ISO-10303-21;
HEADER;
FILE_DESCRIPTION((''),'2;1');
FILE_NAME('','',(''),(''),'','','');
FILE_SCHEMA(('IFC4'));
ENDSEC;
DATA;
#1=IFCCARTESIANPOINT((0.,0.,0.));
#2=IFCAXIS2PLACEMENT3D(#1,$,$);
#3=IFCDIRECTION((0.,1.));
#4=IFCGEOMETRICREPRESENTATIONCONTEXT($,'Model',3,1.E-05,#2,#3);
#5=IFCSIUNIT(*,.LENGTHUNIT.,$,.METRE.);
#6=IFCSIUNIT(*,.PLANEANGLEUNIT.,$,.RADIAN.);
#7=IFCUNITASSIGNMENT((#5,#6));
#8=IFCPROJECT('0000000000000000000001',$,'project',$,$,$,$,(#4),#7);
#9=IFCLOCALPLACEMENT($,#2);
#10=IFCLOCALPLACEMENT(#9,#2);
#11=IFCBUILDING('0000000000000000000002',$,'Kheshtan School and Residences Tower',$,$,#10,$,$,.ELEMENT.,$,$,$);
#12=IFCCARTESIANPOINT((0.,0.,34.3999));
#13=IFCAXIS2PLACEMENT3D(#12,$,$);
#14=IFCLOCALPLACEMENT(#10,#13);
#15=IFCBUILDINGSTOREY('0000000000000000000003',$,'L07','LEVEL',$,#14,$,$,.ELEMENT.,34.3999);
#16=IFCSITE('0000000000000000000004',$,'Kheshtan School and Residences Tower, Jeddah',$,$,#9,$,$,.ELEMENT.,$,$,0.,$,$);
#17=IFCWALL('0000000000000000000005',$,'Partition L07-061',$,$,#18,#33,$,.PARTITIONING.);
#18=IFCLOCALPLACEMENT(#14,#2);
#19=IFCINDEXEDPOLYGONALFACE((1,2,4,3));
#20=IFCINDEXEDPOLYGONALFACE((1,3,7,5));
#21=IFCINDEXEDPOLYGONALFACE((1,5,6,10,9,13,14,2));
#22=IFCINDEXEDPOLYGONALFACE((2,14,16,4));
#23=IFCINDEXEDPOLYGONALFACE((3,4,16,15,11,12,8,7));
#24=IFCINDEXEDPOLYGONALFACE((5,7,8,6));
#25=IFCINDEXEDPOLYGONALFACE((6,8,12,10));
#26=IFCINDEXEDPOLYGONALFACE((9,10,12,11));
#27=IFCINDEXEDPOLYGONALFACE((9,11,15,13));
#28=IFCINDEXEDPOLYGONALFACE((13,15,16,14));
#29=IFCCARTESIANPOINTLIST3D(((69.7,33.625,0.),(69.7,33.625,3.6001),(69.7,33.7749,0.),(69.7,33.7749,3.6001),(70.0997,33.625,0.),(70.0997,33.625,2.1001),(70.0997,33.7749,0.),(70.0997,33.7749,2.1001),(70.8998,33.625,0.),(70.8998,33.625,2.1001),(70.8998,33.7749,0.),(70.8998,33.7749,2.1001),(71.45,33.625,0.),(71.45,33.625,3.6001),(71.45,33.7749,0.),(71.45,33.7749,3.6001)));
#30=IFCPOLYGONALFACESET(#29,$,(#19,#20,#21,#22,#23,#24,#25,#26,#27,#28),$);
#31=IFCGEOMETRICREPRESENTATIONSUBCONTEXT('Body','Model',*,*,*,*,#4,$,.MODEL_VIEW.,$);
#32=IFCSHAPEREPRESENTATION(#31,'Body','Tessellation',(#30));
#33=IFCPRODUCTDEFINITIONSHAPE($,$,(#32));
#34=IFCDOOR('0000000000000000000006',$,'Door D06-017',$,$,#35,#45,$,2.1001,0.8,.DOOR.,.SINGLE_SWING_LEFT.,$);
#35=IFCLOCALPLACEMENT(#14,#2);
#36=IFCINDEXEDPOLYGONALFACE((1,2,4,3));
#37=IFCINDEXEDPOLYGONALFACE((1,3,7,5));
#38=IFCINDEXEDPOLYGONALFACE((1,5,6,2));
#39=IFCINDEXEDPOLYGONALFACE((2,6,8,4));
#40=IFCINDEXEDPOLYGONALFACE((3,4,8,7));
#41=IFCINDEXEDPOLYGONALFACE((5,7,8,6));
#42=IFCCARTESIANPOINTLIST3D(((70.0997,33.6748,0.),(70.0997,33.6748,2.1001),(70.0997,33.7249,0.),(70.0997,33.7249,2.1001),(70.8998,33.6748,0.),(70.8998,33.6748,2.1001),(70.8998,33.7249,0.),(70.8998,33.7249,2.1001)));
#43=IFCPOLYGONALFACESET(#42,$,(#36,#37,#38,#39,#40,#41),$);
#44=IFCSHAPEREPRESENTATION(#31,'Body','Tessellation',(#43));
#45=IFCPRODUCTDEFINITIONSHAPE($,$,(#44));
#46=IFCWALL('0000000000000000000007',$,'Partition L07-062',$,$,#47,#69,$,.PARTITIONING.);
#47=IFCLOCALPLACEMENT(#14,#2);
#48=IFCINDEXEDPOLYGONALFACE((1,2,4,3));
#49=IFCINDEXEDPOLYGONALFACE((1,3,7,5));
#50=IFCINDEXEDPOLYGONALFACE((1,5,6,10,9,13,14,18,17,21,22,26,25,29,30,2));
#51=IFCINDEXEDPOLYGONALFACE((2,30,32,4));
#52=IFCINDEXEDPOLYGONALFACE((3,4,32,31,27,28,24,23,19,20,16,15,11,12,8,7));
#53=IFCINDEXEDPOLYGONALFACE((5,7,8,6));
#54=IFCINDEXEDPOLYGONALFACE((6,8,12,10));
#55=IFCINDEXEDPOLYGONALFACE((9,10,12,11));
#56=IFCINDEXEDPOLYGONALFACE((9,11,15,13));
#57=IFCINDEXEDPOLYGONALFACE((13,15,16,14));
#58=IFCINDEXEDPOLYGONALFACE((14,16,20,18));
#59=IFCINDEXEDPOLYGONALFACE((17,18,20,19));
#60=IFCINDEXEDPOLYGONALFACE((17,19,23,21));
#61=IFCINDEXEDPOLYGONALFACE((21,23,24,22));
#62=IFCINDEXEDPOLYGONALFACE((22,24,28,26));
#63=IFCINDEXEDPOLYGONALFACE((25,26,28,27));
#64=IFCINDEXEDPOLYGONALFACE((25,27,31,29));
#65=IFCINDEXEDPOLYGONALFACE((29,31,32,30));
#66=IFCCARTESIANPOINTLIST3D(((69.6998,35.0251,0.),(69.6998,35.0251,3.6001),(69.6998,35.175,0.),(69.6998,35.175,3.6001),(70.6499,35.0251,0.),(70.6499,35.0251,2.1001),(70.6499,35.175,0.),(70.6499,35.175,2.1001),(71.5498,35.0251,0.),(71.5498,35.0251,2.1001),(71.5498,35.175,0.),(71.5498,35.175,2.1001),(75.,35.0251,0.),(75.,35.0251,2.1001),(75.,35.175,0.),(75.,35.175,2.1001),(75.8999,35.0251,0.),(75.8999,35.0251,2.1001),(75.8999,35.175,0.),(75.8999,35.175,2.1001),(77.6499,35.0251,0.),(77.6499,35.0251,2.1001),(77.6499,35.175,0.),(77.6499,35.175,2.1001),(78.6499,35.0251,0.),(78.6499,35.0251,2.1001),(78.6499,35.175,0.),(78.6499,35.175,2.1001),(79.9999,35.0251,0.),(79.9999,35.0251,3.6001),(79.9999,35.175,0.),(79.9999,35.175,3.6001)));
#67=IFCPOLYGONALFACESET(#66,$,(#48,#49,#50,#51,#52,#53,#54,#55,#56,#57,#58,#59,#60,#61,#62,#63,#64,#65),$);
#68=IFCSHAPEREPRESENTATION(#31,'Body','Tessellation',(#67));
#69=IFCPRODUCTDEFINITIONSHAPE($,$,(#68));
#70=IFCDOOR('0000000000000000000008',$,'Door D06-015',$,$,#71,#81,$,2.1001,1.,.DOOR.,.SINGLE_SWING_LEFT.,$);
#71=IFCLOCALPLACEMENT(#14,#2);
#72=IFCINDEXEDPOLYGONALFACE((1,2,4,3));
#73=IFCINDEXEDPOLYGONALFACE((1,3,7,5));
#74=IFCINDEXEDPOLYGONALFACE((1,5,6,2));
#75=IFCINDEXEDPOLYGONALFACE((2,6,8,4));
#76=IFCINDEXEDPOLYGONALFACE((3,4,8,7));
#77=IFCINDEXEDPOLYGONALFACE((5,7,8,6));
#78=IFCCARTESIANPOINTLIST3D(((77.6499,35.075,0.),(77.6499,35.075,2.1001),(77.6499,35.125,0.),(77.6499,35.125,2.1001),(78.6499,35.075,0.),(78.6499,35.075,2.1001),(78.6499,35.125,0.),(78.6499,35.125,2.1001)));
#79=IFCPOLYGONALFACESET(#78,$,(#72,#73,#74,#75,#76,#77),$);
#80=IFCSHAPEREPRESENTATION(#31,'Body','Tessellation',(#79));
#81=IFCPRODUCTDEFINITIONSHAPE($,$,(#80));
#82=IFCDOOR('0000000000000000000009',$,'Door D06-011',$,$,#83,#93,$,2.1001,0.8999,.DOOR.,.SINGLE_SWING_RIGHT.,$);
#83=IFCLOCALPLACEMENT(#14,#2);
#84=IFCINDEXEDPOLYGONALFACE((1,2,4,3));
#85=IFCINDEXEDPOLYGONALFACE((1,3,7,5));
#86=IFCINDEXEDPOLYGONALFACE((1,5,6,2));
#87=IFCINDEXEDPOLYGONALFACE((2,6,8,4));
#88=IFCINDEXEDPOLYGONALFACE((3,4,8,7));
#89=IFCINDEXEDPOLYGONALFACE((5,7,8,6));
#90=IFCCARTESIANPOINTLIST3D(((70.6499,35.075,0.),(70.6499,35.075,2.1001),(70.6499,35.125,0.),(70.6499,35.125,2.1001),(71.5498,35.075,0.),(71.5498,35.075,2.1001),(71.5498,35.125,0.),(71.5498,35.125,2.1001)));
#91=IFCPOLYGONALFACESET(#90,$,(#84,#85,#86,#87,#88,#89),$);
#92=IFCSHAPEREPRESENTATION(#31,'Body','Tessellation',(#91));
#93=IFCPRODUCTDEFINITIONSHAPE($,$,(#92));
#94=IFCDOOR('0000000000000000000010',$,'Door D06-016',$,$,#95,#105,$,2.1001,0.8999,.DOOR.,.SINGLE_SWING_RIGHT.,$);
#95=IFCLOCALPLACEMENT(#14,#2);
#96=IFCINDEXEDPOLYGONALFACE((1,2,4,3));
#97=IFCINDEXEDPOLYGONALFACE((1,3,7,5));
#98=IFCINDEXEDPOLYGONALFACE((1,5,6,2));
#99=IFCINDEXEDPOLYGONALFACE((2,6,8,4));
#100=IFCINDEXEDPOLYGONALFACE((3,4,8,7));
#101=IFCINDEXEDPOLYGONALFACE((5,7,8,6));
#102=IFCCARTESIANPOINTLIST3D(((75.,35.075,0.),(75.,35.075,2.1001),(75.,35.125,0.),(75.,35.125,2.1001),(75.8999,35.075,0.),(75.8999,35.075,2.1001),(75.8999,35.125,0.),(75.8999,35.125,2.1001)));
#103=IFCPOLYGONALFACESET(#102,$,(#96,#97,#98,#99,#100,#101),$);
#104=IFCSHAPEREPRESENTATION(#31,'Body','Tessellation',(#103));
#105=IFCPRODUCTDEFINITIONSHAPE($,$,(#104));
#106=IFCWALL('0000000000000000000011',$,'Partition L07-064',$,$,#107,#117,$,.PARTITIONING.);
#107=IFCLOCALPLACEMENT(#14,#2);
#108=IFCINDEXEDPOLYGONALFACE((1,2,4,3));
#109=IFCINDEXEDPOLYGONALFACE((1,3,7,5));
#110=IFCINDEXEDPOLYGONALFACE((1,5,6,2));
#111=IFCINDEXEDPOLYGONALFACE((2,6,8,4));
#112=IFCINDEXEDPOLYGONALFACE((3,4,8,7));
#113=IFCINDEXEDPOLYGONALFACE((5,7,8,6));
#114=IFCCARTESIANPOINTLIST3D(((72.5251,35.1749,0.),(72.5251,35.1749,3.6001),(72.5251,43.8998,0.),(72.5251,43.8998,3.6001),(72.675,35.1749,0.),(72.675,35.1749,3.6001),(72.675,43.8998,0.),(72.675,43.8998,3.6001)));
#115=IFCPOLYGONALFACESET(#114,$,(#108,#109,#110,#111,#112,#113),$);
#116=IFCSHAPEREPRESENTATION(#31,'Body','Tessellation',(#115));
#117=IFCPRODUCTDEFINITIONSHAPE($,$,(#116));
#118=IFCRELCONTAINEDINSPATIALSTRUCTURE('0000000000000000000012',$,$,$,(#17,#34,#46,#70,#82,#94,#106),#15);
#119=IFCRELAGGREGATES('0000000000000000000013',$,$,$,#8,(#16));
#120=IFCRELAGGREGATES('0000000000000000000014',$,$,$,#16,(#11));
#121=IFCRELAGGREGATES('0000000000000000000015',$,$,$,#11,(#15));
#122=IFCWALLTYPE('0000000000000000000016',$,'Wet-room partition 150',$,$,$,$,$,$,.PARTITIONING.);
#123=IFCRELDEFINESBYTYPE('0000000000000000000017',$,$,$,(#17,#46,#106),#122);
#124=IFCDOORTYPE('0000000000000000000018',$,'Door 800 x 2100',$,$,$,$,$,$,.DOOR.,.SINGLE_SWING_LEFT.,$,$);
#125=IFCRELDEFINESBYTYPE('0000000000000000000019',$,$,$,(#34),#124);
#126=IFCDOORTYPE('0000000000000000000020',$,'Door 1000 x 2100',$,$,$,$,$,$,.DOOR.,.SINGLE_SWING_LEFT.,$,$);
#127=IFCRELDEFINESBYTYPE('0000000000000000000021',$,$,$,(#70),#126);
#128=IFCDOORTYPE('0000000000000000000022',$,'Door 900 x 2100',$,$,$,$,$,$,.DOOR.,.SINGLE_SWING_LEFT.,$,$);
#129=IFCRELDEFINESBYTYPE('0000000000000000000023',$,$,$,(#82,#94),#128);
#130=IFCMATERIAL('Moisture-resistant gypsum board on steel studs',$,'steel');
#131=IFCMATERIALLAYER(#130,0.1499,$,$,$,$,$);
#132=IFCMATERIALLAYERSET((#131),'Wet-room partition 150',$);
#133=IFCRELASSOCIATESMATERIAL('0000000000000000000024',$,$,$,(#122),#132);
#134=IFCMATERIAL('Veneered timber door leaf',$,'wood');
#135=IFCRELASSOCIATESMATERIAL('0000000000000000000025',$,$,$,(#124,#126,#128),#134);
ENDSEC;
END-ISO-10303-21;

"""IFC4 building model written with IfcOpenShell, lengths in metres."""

from ifc_helpers import new_model, si_unit, direction, frame, frame_2d, origin, place, context, subcontext, project, spatial, rectangle, extrude, source, transform, mapped, material, layer, layer_set, type_object, element, fill, save


model = new_model("IFC4")

# Units and contexts
model_context = context("Model", 3, precision=1e-05, world=origin(), true_north=direction((0.0, 1.0)))
body_context = subcontext(model_context, "Body", "Model", "MODEL_VIEW")
ifc_project = project(units=[si_unit("LENGTHUNIT", "METRE"), si_unit("PLANEANGLEUNIT", "RADIAN")], contexts=[model_context])

# Site, building, storey
site_placement = place(None, origin())
site = spatial("IfcSite", under=ifc_project, at=site_placement, Name="Kheshtan School and Residences Tower, Jeddah", CompositionType="ELEMENT", RefElevation=0.0)
building_placement = place(site_placement, origin())
building = spatial("IfcBuilding", under=site, at=building_placement, Name="Kheshtan School and Residences Tower", CompositionType="ELEMENT")
storey_placement = place(building_placement, frame((0.0, 0.0, 34.3999)))
storey = spatial("IfcBuildingStorey", under=building, at=storey_placement, Name="L07", Description="LEVEL", CompositionType="ELEMENT", Elevation=34.3999)

# Wall, opening, door
ifc_material_1 = material(Name="Moisture-resistant gypsum board on steel studs", Category="steel")
ifc_layer_1 = layer(ifc_material_1, 0.1499)
ifc_layer_set_1 = layer_set([ifc_layer_1], Name="Wet-room partition 150")
wall_type_1 = type_object("IfcWallType", Name="Wet-room partition 150", PredefinedType="PARTITIONING", material=ifc_layer_set_1)
ifc_material_2 = material(Name="Veneered timber door leaf", Category="wood")
door_type_1 = type_object("IfcDoorType", Name="Door 800 x 2100", OperationType="SINGLE_SWING_LEFT", PredefinedType="DOOR", material=ifc_material_2)
shared_shape_1 = source(origin(), body_context, "Body", "SweptSolid", [
    extrude(rectangle(XDim=0.8, YDim=2.1001, at=frame_2d((0.3999, 1.05))), frame((0.0, 0.0249, 0.0), z_axis=(0.0, -1.0, 0.0), x_axis=(1.0, 0.0, 0.0)), (0.0, 0.0, 1.0), 0.05),
])
wall_1_placement = place(storey_placement, frame((69.7, 33.7, 0.0), z_axis=(0.0, 0.0, 1.0), x_axis=(1.0, 0.0, 0.0)))
wall_1 = element("IfcWall", 1, at=wall_1_placement, inside=storey, type_object=wall_type_1, Name="Partition L07-061", PredefinedType="PARTITIONING", context=body_context, shape_type="SweptSolid", body=[
    extrude(rectangle(XDim=1.75, YDim=0.1499, at=frame_2d((0.875, 0.0))), origin(), (0.0, 0.0, 1.0), 3.6001),
])
opening_1_placement = place(wall_1_placement, frame((0.3999, 0.0, 0.0)))
opening_1 = element("IfcOpeningElement", 2, at=opening_1_placement, cuts=wall_1, PredefinedType="OPENING", context=body_context, shape_type="SweptSolid", body=[
    extrude(rectangle(XDim=0.8, YDim=2.1001, at=frame_2d((0.3999, 1.05))), frame((0.0, 0.085, 0.0), z_axis=(0.0, -1.0, 0.0), x_axis=(1.0, 0.0, 0.0)), (0.0, 0.0, 1.0), 0.1699),
])
door_1_placement = place(opening_1_placement, origin())
door_1 = element("IfcDoor", 3, at=door_1_placement, inside=storey, type_object=door_type_1, Name="Door D06-017", OperationType="SINGLE_SWING_LEFT", OverallHeight=2.1001, OverallWidth=0.8, PredefinedType="DOOR", context=body_context, shape_type="MappedRepresentation", body=[
    mapped(shared_shape_1, transform((0.0, 0.0, 0.0), x_axis=(1.0, 0.0, 0.0), y_axis=(0.0, 1.0, 0.0), z_axis=(0.0, 0.0, 1.0), scale=1.0)),
])
fill(opening_1, door_1)

# Wall, openings, doors
wall_2_placement = place(storey_placement, frame((69.7, 35.1001, 0.0), z_axis=(0.0, 0.0, 1.0), x_axis=(1.0, 0.0, 0.0)))
wall_2 = element("IfcWall", 4, at=wall_2_placement, inside=storey, type_object=wall_type_1, Name="Partition L07-062", PredefinedType="PARTITIONING", context=body_context, shape_type="SweptSolid", body=[
    extrude(rectangle(XDim=10.3, YDim=0.1499, at=frame_2d((5.1499, 0.0))), origin(), (0.0, 0.0, 1.0), 3.6001),
])
opening_2_placement = place(wall_2_placement, frame((0.95, 0.0, 0.0)))
opening_2 = element("IfcOpeningElement", 5, at=opening_2_placement, cuts=wall_2, PredefinedType="OPENING", context=body_context, shape_type="SweptSolid", body=[
    extrude(rectangle(XDim=0.8999, YDim=2.1001, at=frame_2d((0.45, 1.05))), frame((0.0, 0.085, 0.0), z_axis=(0.0, -1.0, 0.0), x_axis=(1.0, 0.0, 0.0)), (0.0, 0.0, 1.0), 0.1699),
])
opening_3_placement = place(wall_2_placement, frame((7.95, 0.0, 0.0)))
opening_3 = element("IfcOpeningElement", 6, at=opening_3_placement, cuts=wall_2, PredefinedType="OPENING", context=body_context, shape_type="SweptSolid", body=[
    extrude(rectangle(XDim=1.0, YDim=2.1001, at=frame_2d((0.5, 1.05))), frame((0.0, 0.085, 0.0), z_axis=(0.0, -1.0, 0.0), x_axis=(1.0, 0.0, 0.0)), (0.0, 0.0, 1.0), 0.1699),
])
opening_4_placement = place(wall_2_placement, frame((5.3, 0.0, 0.0)))
opening_4 = element("IfcOpeningElement", 7, at=opening_4_placement, cuts=wall_2, PredefinedType="OPENING", context=body_context, shape_type="SweptSolid", body=[
    extrude(rectangle(XDim=0.8999, YDim=2.1001, at=frame_2d((0.45, 1.05))), frame((0.0, 0.085, 0.0), z_axis=(0.0, -1.0, 0.0), x_axis=(1.0, 0.0, 0.0)), (0.0, 0.0, 1.0), 0.1699),
])
door_type_2 = type_object("IfcDoorType", Name="Door 1000 x 2100", OperationType="SINGLE_SWING_LEFT", PredefinedType="DOOR", material=ifc_material_2)
shared_shape_2 = source(origin(), body_context, "Body", "SweptSolid", [
    extrude(rectangle(XDim=1.0, YDim=2.1001, at=frame_2d((0.5, 1.05))), frame((0.0, 0.0249, 0.0), z_axis=(0.0, -1.0, 0.0), x_axis=(1.0, 0.0, 0.0)), (0.0, 0.0, 1.0), 0.05),
])
door_2_placement = place(opening_3_placement, origin())
door_2 = element("IfcDoor", 8, at=door_2_placement, inside=storey, type_object=door_type_2, Name="Door D06-015", OperationType="SINGLE_SWING_LEFT", OverallHeight=2.1001, OverallWidth=1.0, PredefinedType="DOOR", context=body_context, shape_type="MappedRepresentation", body=[
    mapped(shared_shape_2, transform((0.0, 0.0, 0.0), x_axis=(1.0, 0.0, 0.0), y_axis=(0.0, 1.0, 0.0), z_axis=(0.0, 0.0, 1.0), scale=1.0)),
])
fill(opening_3, door_2)
door_type_3 = type_object("IfcDoorType", Name="Door 900 x 2100", OperationType="SINGLE_SWING_LEFT", PredefinedType="DOOR", material=ifc_material_2)
shared_shape_3 = source(origin(), body_context, "Body", "SweptSolid", [
    extrude(rectangle(XDim=0.8999, YDim=2.1001, at=frame_2d((0.45, 1.05))), frame((0.0, 0.0249, 0.0), z_axis=(0.0, -1.0, 0.0), x_axis=(1.0, 0.0, 0.0)), (0.0, 0.0, 1.0), 0.05),
])
door_3_placement = place(opening_2_placement, origin())
door_3 = element("IfcDoor", 9, at=door_3_placement, inside=storey, type_object=door_type_3, Name="Door D06-011", OperationType="SINGLE_SWING_RIGHT", OverallHeight=2.1001, OverallWidth=0.8999, PredefinedType="DOOR", context=body_context, shape_type="MappedRepresentation", body=[
    mapped(shared_shape_3, transform((0.0, 0.0, 0.0), x_axis=(1.0, 0.0, 0.0), y_axis=(0.0, 1.0, 0.0), z_axis=(0.0, 0.0, 1.0), scale=1.0)),
])
fill(opening_2, door_3)
door_4_placement = place(opening_4_placement, origin())
door_4 = element("IfcDoor", 10, at=door_4_placement, inside=storey, type_object=door_type_3, Name="Door D06-016", OperationType="SINGLE_SWING_RIGHT", OverallHeight=2.1001, OverallWidth=0.8999, PredefinedType="DOOR", context=body_context, shape_type="MappedRepresentation", body=[
    mapped(shared_shape_3, transform((0.0, 0.0, 0.0), x_axis=(1.0, 0.0, 0.0), y_axis=(0.0, 1.0, 0.0), z_axis=(0.0, 0.0, 1.0), scale=1.0)),
])
fill(opening_4, door_4)

# Wall
wall_3_placement = place(storey_placement, frame((72.6001, 35.175, 0.0), z_axis=(0.0, 0.0, 1.0), x_axis=(0.0, 1.0, 0.0)))
element("IfcWall", 11, at=wall_3_placement, inside=storey, type_object=wall_type_1, Name="Partition L07-064", PredefinedType="PARTITIONING", context=body_context, shape_type="SweptSolid", body=[
    extrude(rectangle(XDim=8.7249, YDim=0.1499, at=frame_2d((4.3623, 0.0))), origin(), (0.0, 0.0, 1.0), 3.6001),
])

save(model, "model.ifc")
